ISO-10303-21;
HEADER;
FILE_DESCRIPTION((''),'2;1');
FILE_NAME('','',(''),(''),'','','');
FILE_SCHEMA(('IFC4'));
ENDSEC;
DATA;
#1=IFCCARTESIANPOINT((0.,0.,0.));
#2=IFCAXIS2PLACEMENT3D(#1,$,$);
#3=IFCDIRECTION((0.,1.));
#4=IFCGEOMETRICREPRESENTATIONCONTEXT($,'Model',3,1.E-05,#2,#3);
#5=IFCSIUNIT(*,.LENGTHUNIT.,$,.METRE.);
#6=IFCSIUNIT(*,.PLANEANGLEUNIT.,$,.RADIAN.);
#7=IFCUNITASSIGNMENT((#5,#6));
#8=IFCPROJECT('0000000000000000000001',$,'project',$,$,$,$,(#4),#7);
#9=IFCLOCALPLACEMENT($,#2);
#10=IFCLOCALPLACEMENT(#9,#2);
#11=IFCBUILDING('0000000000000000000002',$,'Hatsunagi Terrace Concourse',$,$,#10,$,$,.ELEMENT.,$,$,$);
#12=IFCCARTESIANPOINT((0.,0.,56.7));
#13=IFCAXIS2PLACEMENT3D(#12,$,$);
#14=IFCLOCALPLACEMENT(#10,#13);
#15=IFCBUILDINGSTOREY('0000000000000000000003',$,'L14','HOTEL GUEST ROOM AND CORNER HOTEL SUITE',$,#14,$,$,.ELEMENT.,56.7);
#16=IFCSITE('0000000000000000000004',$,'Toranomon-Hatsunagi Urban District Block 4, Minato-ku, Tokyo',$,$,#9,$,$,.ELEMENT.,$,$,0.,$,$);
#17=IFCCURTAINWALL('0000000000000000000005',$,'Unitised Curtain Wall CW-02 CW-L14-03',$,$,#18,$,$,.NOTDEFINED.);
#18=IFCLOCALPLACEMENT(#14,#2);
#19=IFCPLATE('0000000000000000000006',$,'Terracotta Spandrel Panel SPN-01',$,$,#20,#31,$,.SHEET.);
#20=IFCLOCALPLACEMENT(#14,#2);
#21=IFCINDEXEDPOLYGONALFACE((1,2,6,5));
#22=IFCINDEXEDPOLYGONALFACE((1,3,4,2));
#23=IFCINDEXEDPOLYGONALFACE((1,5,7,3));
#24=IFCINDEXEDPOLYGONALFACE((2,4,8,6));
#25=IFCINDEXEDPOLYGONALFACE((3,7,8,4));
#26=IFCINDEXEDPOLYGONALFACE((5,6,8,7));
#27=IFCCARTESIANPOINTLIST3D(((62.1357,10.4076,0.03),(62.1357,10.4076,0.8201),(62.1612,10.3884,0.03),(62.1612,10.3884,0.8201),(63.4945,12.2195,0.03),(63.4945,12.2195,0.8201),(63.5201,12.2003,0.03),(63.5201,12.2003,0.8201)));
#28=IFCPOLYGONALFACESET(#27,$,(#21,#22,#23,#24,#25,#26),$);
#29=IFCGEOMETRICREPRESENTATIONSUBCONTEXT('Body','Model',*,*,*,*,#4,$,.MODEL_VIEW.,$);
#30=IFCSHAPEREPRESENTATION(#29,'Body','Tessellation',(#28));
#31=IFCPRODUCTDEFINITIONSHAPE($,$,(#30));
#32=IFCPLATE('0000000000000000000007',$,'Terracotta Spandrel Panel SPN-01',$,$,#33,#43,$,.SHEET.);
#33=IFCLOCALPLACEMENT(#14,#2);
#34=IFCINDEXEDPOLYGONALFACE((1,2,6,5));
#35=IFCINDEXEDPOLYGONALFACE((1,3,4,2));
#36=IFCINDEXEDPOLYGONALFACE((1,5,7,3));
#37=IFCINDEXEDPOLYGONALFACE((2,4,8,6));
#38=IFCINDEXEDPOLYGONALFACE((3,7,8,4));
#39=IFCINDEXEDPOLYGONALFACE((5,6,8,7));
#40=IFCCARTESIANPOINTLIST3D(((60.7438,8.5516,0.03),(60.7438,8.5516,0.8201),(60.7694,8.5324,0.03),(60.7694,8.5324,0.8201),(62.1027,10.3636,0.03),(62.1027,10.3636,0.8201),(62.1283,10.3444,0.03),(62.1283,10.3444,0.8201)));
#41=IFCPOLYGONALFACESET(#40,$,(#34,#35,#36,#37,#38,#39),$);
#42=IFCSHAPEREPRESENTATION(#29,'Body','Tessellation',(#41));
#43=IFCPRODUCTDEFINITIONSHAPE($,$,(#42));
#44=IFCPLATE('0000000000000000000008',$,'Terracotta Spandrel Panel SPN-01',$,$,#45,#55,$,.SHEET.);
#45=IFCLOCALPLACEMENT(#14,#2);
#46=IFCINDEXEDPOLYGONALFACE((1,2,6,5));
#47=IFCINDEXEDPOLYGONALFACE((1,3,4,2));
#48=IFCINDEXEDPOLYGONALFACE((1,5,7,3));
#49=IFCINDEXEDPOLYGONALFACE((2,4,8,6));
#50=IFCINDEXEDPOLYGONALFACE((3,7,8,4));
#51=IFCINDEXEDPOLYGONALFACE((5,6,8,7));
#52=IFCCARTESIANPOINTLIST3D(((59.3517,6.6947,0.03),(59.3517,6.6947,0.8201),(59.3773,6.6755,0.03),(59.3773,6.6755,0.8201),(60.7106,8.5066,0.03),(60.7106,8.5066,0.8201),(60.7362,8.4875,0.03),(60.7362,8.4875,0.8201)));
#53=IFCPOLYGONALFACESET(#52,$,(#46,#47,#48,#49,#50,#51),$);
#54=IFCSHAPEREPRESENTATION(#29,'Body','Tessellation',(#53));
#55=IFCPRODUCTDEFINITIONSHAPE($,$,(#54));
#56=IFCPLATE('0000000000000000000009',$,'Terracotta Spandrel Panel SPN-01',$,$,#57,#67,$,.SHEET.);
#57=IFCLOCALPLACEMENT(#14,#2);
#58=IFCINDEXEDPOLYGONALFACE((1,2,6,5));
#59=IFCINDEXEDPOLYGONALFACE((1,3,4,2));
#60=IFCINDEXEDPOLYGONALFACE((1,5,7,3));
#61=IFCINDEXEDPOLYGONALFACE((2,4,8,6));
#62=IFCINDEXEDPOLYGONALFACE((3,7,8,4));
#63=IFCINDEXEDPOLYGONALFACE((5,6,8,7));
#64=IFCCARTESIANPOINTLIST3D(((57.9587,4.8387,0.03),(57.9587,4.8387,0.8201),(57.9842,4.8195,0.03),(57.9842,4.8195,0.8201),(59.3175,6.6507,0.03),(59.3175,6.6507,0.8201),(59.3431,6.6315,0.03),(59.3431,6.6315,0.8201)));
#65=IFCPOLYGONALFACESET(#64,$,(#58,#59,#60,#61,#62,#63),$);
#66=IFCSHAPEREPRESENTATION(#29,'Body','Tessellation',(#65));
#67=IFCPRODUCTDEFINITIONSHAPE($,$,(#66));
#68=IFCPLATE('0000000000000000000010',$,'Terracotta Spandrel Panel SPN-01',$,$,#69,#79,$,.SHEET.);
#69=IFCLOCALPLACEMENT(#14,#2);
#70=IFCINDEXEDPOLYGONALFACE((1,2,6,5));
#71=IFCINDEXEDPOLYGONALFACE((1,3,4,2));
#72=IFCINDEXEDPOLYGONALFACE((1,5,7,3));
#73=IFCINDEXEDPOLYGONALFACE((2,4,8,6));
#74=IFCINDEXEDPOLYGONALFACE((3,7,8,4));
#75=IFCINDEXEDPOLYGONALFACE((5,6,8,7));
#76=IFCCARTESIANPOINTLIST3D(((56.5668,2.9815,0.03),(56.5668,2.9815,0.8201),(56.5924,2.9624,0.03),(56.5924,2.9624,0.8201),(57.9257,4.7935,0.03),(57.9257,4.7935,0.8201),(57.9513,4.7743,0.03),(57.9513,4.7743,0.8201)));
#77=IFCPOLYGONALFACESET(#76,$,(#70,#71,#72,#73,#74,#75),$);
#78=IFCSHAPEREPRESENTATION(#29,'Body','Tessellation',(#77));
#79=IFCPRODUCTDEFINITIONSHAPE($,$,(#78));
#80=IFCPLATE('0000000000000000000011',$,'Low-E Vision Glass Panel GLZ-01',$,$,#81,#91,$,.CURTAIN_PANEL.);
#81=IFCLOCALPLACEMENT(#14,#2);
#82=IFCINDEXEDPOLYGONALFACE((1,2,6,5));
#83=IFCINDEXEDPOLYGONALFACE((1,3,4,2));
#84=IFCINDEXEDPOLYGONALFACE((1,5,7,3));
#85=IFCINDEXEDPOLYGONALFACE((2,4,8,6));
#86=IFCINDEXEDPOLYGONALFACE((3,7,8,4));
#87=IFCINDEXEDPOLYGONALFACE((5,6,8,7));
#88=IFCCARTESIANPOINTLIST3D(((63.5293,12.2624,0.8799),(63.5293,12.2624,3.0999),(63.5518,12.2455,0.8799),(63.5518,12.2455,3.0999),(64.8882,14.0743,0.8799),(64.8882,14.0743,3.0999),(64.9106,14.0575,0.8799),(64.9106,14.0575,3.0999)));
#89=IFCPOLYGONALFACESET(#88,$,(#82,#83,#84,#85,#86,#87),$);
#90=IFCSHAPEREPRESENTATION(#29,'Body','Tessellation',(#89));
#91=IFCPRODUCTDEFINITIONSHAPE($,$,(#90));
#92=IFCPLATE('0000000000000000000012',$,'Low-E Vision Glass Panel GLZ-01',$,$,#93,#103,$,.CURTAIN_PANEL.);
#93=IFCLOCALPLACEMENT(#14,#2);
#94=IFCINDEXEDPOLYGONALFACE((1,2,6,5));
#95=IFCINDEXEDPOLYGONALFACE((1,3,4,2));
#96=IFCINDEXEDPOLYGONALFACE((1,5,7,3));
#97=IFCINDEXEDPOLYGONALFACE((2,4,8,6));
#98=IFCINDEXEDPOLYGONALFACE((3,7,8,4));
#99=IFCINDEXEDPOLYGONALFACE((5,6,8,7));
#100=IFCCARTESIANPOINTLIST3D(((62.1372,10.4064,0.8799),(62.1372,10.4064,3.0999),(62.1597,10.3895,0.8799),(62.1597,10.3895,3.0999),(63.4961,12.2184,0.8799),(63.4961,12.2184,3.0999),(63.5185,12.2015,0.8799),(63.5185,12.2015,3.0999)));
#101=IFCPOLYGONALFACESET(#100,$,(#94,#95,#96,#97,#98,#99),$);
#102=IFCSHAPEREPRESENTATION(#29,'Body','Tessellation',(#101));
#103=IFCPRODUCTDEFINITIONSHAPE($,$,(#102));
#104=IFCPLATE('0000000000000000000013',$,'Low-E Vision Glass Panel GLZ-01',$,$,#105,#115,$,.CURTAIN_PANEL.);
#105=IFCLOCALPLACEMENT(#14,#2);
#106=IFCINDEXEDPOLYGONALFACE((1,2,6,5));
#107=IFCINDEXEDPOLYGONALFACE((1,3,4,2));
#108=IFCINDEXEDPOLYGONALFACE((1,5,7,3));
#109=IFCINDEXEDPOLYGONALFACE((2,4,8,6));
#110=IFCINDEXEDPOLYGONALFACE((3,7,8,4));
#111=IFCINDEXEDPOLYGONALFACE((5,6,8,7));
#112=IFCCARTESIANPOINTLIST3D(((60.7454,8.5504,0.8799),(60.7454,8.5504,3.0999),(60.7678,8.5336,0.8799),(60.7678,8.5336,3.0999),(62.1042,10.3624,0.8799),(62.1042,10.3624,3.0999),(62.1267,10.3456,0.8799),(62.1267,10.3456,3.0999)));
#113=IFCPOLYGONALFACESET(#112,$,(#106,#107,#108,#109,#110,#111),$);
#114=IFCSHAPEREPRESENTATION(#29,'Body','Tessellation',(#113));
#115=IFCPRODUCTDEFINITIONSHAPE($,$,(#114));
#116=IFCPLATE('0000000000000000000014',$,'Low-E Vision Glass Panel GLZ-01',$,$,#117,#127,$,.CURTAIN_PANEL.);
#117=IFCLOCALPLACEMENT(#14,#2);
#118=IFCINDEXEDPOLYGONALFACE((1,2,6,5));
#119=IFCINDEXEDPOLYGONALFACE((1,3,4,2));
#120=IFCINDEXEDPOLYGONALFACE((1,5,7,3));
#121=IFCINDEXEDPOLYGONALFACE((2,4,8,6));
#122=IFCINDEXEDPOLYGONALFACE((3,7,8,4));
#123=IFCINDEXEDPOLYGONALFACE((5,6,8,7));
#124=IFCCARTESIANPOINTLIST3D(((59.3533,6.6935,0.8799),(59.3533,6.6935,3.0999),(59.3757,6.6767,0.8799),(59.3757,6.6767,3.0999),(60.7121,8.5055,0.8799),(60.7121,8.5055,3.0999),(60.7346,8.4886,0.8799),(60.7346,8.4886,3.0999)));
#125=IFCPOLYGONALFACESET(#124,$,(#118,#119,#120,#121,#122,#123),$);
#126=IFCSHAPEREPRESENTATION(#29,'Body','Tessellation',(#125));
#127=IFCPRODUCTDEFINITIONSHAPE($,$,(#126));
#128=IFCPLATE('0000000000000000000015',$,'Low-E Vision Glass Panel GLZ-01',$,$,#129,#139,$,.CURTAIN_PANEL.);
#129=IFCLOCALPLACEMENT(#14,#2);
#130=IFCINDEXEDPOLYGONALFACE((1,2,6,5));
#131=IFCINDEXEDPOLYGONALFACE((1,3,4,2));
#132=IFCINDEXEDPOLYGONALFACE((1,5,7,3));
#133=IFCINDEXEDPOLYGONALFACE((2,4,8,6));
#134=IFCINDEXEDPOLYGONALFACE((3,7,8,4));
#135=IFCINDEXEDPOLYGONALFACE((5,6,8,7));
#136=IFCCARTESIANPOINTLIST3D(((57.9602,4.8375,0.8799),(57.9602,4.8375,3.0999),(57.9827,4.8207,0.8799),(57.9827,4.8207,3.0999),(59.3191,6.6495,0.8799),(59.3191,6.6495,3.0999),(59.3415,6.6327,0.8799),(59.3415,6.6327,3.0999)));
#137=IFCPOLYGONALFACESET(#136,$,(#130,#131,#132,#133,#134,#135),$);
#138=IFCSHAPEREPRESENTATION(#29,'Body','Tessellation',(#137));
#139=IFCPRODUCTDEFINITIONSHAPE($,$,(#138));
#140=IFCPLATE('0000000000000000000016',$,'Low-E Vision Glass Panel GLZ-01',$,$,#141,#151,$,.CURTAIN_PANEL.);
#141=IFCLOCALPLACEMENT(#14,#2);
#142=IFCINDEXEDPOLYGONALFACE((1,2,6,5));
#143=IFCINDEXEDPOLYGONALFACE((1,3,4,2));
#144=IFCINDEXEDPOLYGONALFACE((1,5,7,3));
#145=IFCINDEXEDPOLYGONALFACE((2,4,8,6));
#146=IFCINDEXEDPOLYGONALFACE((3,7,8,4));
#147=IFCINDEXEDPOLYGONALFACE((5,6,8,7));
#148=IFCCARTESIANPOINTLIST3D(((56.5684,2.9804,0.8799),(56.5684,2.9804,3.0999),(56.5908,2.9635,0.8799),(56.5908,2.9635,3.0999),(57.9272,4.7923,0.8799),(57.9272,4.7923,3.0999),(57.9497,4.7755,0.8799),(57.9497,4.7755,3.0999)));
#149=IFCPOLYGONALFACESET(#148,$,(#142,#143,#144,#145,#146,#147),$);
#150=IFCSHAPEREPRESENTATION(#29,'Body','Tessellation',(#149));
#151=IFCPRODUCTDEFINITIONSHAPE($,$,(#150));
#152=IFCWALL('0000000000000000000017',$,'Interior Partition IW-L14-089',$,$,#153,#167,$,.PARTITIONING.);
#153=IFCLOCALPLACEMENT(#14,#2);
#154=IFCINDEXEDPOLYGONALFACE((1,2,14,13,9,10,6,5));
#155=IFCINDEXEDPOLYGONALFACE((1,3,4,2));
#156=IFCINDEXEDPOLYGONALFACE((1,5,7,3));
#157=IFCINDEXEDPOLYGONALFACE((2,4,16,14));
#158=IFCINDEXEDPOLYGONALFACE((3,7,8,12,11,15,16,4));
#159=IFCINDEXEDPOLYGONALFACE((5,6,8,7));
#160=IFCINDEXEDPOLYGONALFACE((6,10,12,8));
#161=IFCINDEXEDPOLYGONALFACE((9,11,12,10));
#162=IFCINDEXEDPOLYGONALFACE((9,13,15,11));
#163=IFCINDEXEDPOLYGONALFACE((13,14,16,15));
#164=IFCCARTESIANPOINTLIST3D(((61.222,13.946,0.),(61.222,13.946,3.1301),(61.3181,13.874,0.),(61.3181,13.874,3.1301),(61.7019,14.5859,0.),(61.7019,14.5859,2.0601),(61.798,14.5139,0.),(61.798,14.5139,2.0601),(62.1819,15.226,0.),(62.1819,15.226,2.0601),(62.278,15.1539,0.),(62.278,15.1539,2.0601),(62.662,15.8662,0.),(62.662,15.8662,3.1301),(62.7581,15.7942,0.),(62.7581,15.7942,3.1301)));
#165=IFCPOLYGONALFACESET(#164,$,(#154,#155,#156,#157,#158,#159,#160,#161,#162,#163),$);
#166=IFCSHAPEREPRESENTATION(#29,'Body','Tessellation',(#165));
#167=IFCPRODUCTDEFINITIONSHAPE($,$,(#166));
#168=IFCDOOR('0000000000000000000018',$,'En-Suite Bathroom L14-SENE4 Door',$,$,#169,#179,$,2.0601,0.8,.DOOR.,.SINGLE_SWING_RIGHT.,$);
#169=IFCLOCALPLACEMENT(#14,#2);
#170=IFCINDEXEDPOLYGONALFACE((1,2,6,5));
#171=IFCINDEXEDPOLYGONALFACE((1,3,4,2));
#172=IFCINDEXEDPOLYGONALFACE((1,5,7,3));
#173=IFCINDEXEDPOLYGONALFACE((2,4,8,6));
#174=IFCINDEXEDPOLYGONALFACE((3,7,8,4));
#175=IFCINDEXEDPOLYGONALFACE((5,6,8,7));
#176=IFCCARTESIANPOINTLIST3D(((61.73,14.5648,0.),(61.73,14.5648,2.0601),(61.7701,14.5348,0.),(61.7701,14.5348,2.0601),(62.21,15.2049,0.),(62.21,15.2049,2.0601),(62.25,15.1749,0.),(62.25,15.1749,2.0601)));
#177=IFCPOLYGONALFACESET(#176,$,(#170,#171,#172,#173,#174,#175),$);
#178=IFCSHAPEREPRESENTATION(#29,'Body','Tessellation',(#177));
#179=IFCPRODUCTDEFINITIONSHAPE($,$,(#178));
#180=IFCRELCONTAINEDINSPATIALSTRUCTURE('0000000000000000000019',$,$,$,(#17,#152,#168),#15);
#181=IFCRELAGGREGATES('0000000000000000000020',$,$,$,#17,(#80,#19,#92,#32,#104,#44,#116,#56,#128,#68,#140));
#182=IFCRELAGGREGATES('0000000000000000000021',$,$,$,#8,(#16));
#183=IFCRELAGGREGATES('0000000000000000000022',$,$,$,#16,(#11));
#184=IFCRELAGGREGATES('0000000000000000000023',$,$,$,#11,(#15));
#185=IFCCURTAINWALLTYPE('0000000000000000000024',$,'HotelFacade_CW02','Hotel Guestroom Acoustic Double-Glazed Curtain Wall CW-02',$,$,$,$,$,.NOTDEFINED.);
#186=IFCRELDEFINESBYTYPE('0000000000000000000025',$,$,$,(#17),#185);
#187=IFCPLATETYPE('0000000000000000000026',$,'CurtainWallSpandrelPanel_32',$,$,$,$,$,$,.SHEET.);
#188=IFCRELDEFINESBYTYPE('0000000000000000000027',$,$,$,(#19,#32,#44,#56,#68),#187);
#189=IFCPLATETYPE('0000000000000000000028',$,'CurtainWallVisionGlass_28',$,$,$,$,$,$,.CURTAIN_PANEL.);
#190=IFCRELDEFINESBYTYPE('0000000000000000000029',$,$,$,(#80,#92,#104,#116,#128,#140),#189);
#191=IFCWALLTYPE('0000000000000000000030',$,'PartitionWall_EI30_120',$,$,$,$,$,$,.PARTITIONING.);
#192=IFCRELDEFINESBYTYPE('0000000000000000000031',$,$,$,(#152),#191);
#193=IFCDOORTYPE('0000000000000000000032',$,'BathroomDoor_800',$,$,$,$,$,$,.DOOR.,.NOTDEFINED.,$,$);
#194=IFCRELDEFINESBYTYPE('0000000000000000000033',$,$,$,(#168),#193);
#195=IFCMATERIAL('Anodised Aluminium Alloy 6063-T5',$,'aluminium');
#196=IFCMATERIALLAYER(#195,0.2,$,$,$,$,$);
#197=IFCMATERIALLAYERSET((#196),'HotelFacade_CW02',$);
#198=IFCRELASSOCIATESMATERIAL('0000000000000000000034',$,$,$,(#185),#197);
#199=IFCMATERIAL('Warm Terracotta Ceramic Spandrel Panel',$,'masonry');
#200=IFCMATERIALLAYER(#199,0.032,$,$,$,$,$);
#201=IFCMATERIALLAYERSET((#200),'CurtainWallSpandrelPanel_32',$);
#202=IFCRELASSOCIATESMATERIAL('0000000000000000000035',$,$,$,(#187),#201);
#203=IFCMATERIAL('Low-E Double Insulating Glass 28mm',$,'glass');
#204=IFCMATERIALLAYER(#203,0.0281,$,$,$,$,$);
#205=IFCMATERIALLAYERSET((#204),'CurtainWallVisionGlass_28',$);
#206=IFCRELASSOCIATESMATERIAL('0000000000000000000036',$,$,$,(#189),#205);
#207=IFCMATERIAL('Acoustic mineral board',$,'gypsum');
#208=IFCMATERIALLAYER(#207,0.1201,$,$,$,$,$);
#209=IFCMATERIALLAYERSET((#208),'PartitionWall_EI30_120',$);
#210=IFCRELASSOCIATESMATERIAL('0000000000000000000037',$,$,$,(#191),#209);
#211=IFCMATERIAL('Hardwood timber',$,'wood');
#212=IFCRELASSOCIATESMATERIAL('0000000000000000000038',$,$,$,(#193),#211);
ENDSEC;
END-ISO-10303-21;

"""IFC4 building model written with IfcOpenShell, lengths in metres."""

from ifc_helpers import new_model, si_unit, direction, frame, frame_2d, origin, origin_2d, place, context, subcontext, project, spatial, rectangle, extrude, material, layer, layer_set, type_object, element, fill, aggregate, save


model = new_model("IFC4")

# Units and contexts
model_context = context("Model", 3, precision=1e-05, world=origin(), true_north=direction((0.0, 1.0)))
body_context = subcontext(model_context, "Body", "Model", "MODEL_VIEW")
ifc_project = project(units=[si_unit("LENGTHUNIT", "METRE"), si_unit("PLANEANGLEUNIT", "RADIAN")], contexts=[model_context])

# Site, building, storey
site_placement = place(None, origin())
site = spatial("IfcSite", under=ifc_project, at=site_placement, Name="Toranomon-Hatsunagi Urban District Block 4, Minato-ku, Tokyo", CompositionType="ELEMENT", RefElevation=0.0)
building_placement = place(site_placement, origin())
building = spatial("IfcBuilding", under=site, at=building_placement, Name="Hatsunagi Terrace Concourse", CompositionType="ELEMENT")
storey_placement = place(building_placement, frame((0.0, 0.0, 56.7)))
storey = spatial("IfcBuildingStorey", under=building, at=storey_placement, Name="L14", Description="HOTEL GUEST ROOM AND CORNER HOTEL SUITE", CompositionType="ELEMENT", Elevation=56.7)

# Curtain wall
ifc_material_1 = material(Name="Anodised Aluminium Alloy 6063-T5", Category="aluminium")
ifc_layer_1 = layer(ifc_material_1, 0.2)
ifc_layer_set_1 = layer_set([ifc_layer_1], Name="HotelFacade_CW02")
curtain_wall_type = type_object("IfcCurtainWallType", Name="HotelFacade_CW02", Description="Hotel Guestroom Acoustic Double-Glazed Curtain Wall CW-02", PredefinedType="NOTDEFINED", material=ifc_layer_set_1)
curtain_wall_placement = place(storey_placement, origin())
curtain_wall = element("IfcCurtainWall", 1, at=curtain_wall_placement, inside=storey, type_object=curtain_wall_type, Name="Unitised Curtain Wall CW-02 CW-L14-03", PredefinedType="NOTDEFINED")

# Plates
ifc_material_2 = material(Name="Warm Terracotta Ceramic Spandrel Panel", Category="masonry")
ifc_layer_2 = layer(ifc_material_2, 0.032)
ifc_layer_set_2 = layer_set([ifc_layer_2], Name="CurtainWallSpandrelPanel_32")
plate_type_1 = type_object("IfcPlateType", Name="CurtainWallSpandrelPanel_32", PredefinedType="SHEET", material=ifc_layer_set_2)
plate_1_placement = place(storey_placement, frame((62.8279, 11.304, 0.03), z_axis=(0.0, 0.0, 1.0), x_axis=(-0.599969, -0.800023, 0.0)))
plate_1 = element("IfcPlate", 2, at=plate_1_placement, type_object=plate_type_1, Name="Terracotta Spandrel Panel SPN-01", PredefinedType="SHEET", context=body_context, shape_type="SweptSolid", body=[
    extrude(rectangle(XDim=2.2649, YDim=0.032, at=origin_2d()), origin(), (0.0, 0.0, 1.0), 0.79),
])
plate_2_placement = place(storey_placement, frame((61.436, 9.448, 0.03), z_axis=(0.0, 0.0, 1.0), x_axis=(-0.599969, -0.800023, 0.0)))
plate_2 = element("IfcPlate", 3, at=plate_2_placement, type_object=plate_type_1, Name="Terracotta Spandrel Panel SPN-01", PredefinedType="SHEET", context=body_context, shape_type="SweptSolid", body=[
    extrude(rectangle(XDim=2.2649, YDim=0.032, at=origin_2d()), origin(), (0.0, 0.0, 1.0), 0.79),
])
plate_3_placement = place(storey_placement, frame((60.0439, 7.5911, 0.03), z_axis=(0.0, 0.0, 1.0), x_axis=(-0.599969, -0.800023, 0.0)))
plate_3 = element("IfcPlate", 4, at=plate_3_placement, type_object=plate_type_1, Name="Terracotta Spandrel Panel SPN-01", PredefinedType="SHEET", context=body_context, shape_type="SweptSolid", body=[
    extrude(rectangle(XDim=2.2649, YDim=0.032, at=origin_2d()), origin(), (0.0, 0.0, 1.0), 0.79),
])
plate_4_placement = place(storey_placement, frame((58.6509, 5.7351, 0.03), z_axis=(0.0, 0.0, 1.0), x_axis=(-0.599969, -0.800023, 0.0)))
plate_4 = element("IfcPlate", 5, at=plate_4_placement, type_object=plate_type_1, Name="Terracotta Spandrel Panel SPN-01", PredefinedType="SHEET", context=body_context, shape_type="SweptSolid", body=[
    extrude(rectangle(XDim=2.2649, YDim=0.032, at=origin_2d()), origin(), (0.0, 0.0, 1.0), 0.79),
])
plate_5_placement = place(storey_placement, frame((57.259, 3.8779, 0.03), z_axis=(0.0, 0.0, 1.0), x_axis=(-0.599969, -0.800023, 0.0)))
plate_5 = element("IfcPlate", 6, at=plate_5_placement, type_object=plate_type_1, Name="Terracotta Spandrel Panel SPN-01", PredefinedType="SHEET", context=body_context, shape_type="SweptSolid", body=[
    extrude(rectangle(XDim=2.2649, YDim=0.032, at=origin_2d()), origin(), (0.0, 0.0, 1.0), 0.79),
])
ifc_material_3 = material(Name="Low-E Double Insulating Glass 28mm", Category="glass")
ifc_layer_3 = layer(ifc_material_3, 0.0281)
ifc_layer_set_3 = layer_set([ifc_layer_3], Name="CurtainWallVisionGlass_28")
plate_type_2 = type_object("IfcPlateType", Name="CurtainWallVisionGlass_28", PredefinedType="CURTAIN_PANEL", material=ifc_layer_set_3)
plate_6_placement = place(storey_placement, frame((64.22, 13.1599, 0.8799), z_axis=(0.0, 0.0, 1.0), x_axis=(-0.599969, -0.800023, 0.0)))
plate_6 = element("IfcPlate", 7, at=plate_6_placement, type_object=plate_type_2, Name="Low-E Vision Glass Panel GLZ-01", PredefinedType="CURTAIN_PANEL", context=body_context, shape_type="SweptSolid", body=[
    extrude(rectangle(XDim=2.2649, YDim=0.0281, at=origin_2d()), origin(), (0.0, 0.0, 1.0), 2.22),
])
plate_7_placement = place(storey_placement, frame((62.8279, 11.304, 0.8799), z_axis=(0.0, 0.0, 1.0), x_axis=(-0.599969, -0.800023, 0.0)))
plate_7 = element("IfcPlate", 8, at=plate_7_placement, type_object=plate_type_2, Name="Low-E Vision Glass Panel GLZ-01", PredefinedType="CURTAIN_PANEL", context=body_context, shape_type="SweptSolid", body=[
    extrude(rectangle(XDim=2.2649, YDim=0.0281, at=origin_2d()), origin(), (0.0, 0.0, 1.0), 2.22),
])
plate_8_placement = place(storey_placement, frame((61.436, 9.448, 0.8799), z_axis=(0.0, 0.0, 1.0), x_axis=(-0.599969, -0.800023, 0.0)))
plate_8 = element("IfcPlate", 9, at=plate_8_placement, type_object=plate_type_2, Name="Low-E Vision Glass Panel GLZ-01", PredefinedType="CURTAIN_PANEL", context=body_context, shape_type="SweptSolid", body=[
    extrude(rectangle(XDim=2.2649, YDim=0.0281, at=origin_2d()), origin(), (0.0, 0.0, 1.0), 2.22),
])
plate_9_placement = place(storey_placement, frame((60.0439, 7.5911, 0.8799), z_axis=(0.0, 0.0, 1.0), x_axis=(-0.599969, -0.800023, 0.0)))
plate_9 = element("IfcPlate", 10, at=plate_9_placement, type_object=plate_type_2, Name="Low-E Vision Glass Panel GLZ-01", PredefinedType="CURTAIN_PANEL", context=body_context, shape_type="SweptSolid", body=[
    extrude(rectangle(XDim=2.2649, YDim=0.0281, at=origin_2d()), origin(), (0.0, 0.0, 1.0), 2.22),
])
plate_10_placement = place(storey_placement, frame((58.6509, 5.7351, 0.8799), z_axis=(0.0, 0.0, 1.0), x_axis=(-0.599969, -0.800023, 0.0)))
plate_10 = element("IfcPlate", 11, at=plate_10_placement, type_object=plate_type_2, Name="Low-E Vision Glass Panel GLZ-01", PredefinedType="CURTAIN_PANEL", context=body_context, shape_type="SweptSolid", body=[
    extrude(rectangle(XDim=2.2649, YDim=0.0281, at=origin_2d()), origin(), (0.0, 0.0, 1.0), 2.22),
])
plate_11_placement = place(storey_placement, frame((57.259, 3.8779, 0.8799), z_axis=(0.0, 0.0, 1.0), x_axis=(-0.599969, -0.800023, 0.0)))
plate_11 = element("IfcPlate", 12, at=plate_11_placement, type_object=plate_type_2, Name="Low-E Vision Glass Panel GLZ-01", PredefinedType="CURTAIN_PANEL", context=body_context, shape_type="SweptSolid", body=[
    extrude(rectangle(XDim=2.2649, YDim=0.0281, at=origin_2d()), origin(), (0.0, 0.0, 1.0), 2.22),
])
aggregate(curtain_wall, [plate_6, plate_1, plate_7, plate_2, plate_8, plate_3, plate_9, plate_4, plate_10, plate_5, plate_11])

# Wall, opening, door
ifc_material_4 = material(Name="Acoustic mineral board", Category="gypsum")
ifc_layer_4 = layer(ifc_material_4, 0.1201)
ifc_layer_set_4 = layer_set([ifc_layer_4], Name="PartitionWall_EI30_120")
wall_type_1 = type_object("IfcWallType", Name="PartitionWall_EI30_120", PredefinedType="PARTITIONING", material=ifc_layer_set_4)
wall_1_placement = place(storey_placement, frame((61.27, 13.9099, 0.0), z_axis=(0.0, 0.0, 1.0), x_axis=(0.599951, 0.800037, 0.0)))
wall_1 = element("IfcWall", 13, at=wall_1_placement, inside=storey, type_object=wall_type_1, Name="Interior Partition IW-L14-089", PredefinedType="PARTITIONING", context=body_context, shape_type="SweptSolid", body=[
    extrude(rectangle(XDim=2.4001, YDim=0.1201, at=frame_2d((1.2002, 0.0))), origin(), (0.0, 0.0, 1.0), 3.1301),
])
opening_1_placement = place(wall_1_placement, frame((0.8, 0.0, 0.0)))
opening_1 = element("IfcOpeningElement", 14, at=opening_1_placement, cuts=wall_1, PredefinedType="OPENING", context=body_context, shape_type="SweptSolid", body=[
    extrude(rectangle(XDim=0.8, YDim=2.0601, at=frame_2d((0.3999, 1.03))), frame((0.0, 0.0701, 0.0), z_axis=(0.0, -1.0, 0.0), x_axis=(1.0, 0.0, 0.0)), (0.0, 0.0, 1.0), 0.1401),
])
ifc_material_5 = material(Name="Hardwood timber", Category="wood")
door_type_1 = type_object("IfcDoorType", Name="BathroomDoor_800", OperationType="NOTDEFINED", PredefinedType="DOOR", material=ifc_material_5)
door_1_placement = place(opening_1_placement, origin())
door_1 = element("IfcDoor", 15, at=door_1_placement, inside=storey, type_object=door_type_1, Name="En-Suite Bathroom L14-SENE4 Door", OperationType="SINGLE_SWING_RIGHT", OverallHeight=2.0601, OverallWidth=0.8, PredefinedType="DOOR", context=body_context, shape_type="SweptSolid", body=[
    extrude(rectangle(XDim=0.8, YDim=2.0601, at=frame_2d((0.3999, 1.03))), frame((0.0, 0.0249, 0.0), z_axis=(0.0, -1.0, 0.0), x_axis=(1.0, 0.0, 0.0)), (0.0, 0.0, 1.0), 0.05),
])
fill(opening_1, door_1)

save(model, "model.ifc")
